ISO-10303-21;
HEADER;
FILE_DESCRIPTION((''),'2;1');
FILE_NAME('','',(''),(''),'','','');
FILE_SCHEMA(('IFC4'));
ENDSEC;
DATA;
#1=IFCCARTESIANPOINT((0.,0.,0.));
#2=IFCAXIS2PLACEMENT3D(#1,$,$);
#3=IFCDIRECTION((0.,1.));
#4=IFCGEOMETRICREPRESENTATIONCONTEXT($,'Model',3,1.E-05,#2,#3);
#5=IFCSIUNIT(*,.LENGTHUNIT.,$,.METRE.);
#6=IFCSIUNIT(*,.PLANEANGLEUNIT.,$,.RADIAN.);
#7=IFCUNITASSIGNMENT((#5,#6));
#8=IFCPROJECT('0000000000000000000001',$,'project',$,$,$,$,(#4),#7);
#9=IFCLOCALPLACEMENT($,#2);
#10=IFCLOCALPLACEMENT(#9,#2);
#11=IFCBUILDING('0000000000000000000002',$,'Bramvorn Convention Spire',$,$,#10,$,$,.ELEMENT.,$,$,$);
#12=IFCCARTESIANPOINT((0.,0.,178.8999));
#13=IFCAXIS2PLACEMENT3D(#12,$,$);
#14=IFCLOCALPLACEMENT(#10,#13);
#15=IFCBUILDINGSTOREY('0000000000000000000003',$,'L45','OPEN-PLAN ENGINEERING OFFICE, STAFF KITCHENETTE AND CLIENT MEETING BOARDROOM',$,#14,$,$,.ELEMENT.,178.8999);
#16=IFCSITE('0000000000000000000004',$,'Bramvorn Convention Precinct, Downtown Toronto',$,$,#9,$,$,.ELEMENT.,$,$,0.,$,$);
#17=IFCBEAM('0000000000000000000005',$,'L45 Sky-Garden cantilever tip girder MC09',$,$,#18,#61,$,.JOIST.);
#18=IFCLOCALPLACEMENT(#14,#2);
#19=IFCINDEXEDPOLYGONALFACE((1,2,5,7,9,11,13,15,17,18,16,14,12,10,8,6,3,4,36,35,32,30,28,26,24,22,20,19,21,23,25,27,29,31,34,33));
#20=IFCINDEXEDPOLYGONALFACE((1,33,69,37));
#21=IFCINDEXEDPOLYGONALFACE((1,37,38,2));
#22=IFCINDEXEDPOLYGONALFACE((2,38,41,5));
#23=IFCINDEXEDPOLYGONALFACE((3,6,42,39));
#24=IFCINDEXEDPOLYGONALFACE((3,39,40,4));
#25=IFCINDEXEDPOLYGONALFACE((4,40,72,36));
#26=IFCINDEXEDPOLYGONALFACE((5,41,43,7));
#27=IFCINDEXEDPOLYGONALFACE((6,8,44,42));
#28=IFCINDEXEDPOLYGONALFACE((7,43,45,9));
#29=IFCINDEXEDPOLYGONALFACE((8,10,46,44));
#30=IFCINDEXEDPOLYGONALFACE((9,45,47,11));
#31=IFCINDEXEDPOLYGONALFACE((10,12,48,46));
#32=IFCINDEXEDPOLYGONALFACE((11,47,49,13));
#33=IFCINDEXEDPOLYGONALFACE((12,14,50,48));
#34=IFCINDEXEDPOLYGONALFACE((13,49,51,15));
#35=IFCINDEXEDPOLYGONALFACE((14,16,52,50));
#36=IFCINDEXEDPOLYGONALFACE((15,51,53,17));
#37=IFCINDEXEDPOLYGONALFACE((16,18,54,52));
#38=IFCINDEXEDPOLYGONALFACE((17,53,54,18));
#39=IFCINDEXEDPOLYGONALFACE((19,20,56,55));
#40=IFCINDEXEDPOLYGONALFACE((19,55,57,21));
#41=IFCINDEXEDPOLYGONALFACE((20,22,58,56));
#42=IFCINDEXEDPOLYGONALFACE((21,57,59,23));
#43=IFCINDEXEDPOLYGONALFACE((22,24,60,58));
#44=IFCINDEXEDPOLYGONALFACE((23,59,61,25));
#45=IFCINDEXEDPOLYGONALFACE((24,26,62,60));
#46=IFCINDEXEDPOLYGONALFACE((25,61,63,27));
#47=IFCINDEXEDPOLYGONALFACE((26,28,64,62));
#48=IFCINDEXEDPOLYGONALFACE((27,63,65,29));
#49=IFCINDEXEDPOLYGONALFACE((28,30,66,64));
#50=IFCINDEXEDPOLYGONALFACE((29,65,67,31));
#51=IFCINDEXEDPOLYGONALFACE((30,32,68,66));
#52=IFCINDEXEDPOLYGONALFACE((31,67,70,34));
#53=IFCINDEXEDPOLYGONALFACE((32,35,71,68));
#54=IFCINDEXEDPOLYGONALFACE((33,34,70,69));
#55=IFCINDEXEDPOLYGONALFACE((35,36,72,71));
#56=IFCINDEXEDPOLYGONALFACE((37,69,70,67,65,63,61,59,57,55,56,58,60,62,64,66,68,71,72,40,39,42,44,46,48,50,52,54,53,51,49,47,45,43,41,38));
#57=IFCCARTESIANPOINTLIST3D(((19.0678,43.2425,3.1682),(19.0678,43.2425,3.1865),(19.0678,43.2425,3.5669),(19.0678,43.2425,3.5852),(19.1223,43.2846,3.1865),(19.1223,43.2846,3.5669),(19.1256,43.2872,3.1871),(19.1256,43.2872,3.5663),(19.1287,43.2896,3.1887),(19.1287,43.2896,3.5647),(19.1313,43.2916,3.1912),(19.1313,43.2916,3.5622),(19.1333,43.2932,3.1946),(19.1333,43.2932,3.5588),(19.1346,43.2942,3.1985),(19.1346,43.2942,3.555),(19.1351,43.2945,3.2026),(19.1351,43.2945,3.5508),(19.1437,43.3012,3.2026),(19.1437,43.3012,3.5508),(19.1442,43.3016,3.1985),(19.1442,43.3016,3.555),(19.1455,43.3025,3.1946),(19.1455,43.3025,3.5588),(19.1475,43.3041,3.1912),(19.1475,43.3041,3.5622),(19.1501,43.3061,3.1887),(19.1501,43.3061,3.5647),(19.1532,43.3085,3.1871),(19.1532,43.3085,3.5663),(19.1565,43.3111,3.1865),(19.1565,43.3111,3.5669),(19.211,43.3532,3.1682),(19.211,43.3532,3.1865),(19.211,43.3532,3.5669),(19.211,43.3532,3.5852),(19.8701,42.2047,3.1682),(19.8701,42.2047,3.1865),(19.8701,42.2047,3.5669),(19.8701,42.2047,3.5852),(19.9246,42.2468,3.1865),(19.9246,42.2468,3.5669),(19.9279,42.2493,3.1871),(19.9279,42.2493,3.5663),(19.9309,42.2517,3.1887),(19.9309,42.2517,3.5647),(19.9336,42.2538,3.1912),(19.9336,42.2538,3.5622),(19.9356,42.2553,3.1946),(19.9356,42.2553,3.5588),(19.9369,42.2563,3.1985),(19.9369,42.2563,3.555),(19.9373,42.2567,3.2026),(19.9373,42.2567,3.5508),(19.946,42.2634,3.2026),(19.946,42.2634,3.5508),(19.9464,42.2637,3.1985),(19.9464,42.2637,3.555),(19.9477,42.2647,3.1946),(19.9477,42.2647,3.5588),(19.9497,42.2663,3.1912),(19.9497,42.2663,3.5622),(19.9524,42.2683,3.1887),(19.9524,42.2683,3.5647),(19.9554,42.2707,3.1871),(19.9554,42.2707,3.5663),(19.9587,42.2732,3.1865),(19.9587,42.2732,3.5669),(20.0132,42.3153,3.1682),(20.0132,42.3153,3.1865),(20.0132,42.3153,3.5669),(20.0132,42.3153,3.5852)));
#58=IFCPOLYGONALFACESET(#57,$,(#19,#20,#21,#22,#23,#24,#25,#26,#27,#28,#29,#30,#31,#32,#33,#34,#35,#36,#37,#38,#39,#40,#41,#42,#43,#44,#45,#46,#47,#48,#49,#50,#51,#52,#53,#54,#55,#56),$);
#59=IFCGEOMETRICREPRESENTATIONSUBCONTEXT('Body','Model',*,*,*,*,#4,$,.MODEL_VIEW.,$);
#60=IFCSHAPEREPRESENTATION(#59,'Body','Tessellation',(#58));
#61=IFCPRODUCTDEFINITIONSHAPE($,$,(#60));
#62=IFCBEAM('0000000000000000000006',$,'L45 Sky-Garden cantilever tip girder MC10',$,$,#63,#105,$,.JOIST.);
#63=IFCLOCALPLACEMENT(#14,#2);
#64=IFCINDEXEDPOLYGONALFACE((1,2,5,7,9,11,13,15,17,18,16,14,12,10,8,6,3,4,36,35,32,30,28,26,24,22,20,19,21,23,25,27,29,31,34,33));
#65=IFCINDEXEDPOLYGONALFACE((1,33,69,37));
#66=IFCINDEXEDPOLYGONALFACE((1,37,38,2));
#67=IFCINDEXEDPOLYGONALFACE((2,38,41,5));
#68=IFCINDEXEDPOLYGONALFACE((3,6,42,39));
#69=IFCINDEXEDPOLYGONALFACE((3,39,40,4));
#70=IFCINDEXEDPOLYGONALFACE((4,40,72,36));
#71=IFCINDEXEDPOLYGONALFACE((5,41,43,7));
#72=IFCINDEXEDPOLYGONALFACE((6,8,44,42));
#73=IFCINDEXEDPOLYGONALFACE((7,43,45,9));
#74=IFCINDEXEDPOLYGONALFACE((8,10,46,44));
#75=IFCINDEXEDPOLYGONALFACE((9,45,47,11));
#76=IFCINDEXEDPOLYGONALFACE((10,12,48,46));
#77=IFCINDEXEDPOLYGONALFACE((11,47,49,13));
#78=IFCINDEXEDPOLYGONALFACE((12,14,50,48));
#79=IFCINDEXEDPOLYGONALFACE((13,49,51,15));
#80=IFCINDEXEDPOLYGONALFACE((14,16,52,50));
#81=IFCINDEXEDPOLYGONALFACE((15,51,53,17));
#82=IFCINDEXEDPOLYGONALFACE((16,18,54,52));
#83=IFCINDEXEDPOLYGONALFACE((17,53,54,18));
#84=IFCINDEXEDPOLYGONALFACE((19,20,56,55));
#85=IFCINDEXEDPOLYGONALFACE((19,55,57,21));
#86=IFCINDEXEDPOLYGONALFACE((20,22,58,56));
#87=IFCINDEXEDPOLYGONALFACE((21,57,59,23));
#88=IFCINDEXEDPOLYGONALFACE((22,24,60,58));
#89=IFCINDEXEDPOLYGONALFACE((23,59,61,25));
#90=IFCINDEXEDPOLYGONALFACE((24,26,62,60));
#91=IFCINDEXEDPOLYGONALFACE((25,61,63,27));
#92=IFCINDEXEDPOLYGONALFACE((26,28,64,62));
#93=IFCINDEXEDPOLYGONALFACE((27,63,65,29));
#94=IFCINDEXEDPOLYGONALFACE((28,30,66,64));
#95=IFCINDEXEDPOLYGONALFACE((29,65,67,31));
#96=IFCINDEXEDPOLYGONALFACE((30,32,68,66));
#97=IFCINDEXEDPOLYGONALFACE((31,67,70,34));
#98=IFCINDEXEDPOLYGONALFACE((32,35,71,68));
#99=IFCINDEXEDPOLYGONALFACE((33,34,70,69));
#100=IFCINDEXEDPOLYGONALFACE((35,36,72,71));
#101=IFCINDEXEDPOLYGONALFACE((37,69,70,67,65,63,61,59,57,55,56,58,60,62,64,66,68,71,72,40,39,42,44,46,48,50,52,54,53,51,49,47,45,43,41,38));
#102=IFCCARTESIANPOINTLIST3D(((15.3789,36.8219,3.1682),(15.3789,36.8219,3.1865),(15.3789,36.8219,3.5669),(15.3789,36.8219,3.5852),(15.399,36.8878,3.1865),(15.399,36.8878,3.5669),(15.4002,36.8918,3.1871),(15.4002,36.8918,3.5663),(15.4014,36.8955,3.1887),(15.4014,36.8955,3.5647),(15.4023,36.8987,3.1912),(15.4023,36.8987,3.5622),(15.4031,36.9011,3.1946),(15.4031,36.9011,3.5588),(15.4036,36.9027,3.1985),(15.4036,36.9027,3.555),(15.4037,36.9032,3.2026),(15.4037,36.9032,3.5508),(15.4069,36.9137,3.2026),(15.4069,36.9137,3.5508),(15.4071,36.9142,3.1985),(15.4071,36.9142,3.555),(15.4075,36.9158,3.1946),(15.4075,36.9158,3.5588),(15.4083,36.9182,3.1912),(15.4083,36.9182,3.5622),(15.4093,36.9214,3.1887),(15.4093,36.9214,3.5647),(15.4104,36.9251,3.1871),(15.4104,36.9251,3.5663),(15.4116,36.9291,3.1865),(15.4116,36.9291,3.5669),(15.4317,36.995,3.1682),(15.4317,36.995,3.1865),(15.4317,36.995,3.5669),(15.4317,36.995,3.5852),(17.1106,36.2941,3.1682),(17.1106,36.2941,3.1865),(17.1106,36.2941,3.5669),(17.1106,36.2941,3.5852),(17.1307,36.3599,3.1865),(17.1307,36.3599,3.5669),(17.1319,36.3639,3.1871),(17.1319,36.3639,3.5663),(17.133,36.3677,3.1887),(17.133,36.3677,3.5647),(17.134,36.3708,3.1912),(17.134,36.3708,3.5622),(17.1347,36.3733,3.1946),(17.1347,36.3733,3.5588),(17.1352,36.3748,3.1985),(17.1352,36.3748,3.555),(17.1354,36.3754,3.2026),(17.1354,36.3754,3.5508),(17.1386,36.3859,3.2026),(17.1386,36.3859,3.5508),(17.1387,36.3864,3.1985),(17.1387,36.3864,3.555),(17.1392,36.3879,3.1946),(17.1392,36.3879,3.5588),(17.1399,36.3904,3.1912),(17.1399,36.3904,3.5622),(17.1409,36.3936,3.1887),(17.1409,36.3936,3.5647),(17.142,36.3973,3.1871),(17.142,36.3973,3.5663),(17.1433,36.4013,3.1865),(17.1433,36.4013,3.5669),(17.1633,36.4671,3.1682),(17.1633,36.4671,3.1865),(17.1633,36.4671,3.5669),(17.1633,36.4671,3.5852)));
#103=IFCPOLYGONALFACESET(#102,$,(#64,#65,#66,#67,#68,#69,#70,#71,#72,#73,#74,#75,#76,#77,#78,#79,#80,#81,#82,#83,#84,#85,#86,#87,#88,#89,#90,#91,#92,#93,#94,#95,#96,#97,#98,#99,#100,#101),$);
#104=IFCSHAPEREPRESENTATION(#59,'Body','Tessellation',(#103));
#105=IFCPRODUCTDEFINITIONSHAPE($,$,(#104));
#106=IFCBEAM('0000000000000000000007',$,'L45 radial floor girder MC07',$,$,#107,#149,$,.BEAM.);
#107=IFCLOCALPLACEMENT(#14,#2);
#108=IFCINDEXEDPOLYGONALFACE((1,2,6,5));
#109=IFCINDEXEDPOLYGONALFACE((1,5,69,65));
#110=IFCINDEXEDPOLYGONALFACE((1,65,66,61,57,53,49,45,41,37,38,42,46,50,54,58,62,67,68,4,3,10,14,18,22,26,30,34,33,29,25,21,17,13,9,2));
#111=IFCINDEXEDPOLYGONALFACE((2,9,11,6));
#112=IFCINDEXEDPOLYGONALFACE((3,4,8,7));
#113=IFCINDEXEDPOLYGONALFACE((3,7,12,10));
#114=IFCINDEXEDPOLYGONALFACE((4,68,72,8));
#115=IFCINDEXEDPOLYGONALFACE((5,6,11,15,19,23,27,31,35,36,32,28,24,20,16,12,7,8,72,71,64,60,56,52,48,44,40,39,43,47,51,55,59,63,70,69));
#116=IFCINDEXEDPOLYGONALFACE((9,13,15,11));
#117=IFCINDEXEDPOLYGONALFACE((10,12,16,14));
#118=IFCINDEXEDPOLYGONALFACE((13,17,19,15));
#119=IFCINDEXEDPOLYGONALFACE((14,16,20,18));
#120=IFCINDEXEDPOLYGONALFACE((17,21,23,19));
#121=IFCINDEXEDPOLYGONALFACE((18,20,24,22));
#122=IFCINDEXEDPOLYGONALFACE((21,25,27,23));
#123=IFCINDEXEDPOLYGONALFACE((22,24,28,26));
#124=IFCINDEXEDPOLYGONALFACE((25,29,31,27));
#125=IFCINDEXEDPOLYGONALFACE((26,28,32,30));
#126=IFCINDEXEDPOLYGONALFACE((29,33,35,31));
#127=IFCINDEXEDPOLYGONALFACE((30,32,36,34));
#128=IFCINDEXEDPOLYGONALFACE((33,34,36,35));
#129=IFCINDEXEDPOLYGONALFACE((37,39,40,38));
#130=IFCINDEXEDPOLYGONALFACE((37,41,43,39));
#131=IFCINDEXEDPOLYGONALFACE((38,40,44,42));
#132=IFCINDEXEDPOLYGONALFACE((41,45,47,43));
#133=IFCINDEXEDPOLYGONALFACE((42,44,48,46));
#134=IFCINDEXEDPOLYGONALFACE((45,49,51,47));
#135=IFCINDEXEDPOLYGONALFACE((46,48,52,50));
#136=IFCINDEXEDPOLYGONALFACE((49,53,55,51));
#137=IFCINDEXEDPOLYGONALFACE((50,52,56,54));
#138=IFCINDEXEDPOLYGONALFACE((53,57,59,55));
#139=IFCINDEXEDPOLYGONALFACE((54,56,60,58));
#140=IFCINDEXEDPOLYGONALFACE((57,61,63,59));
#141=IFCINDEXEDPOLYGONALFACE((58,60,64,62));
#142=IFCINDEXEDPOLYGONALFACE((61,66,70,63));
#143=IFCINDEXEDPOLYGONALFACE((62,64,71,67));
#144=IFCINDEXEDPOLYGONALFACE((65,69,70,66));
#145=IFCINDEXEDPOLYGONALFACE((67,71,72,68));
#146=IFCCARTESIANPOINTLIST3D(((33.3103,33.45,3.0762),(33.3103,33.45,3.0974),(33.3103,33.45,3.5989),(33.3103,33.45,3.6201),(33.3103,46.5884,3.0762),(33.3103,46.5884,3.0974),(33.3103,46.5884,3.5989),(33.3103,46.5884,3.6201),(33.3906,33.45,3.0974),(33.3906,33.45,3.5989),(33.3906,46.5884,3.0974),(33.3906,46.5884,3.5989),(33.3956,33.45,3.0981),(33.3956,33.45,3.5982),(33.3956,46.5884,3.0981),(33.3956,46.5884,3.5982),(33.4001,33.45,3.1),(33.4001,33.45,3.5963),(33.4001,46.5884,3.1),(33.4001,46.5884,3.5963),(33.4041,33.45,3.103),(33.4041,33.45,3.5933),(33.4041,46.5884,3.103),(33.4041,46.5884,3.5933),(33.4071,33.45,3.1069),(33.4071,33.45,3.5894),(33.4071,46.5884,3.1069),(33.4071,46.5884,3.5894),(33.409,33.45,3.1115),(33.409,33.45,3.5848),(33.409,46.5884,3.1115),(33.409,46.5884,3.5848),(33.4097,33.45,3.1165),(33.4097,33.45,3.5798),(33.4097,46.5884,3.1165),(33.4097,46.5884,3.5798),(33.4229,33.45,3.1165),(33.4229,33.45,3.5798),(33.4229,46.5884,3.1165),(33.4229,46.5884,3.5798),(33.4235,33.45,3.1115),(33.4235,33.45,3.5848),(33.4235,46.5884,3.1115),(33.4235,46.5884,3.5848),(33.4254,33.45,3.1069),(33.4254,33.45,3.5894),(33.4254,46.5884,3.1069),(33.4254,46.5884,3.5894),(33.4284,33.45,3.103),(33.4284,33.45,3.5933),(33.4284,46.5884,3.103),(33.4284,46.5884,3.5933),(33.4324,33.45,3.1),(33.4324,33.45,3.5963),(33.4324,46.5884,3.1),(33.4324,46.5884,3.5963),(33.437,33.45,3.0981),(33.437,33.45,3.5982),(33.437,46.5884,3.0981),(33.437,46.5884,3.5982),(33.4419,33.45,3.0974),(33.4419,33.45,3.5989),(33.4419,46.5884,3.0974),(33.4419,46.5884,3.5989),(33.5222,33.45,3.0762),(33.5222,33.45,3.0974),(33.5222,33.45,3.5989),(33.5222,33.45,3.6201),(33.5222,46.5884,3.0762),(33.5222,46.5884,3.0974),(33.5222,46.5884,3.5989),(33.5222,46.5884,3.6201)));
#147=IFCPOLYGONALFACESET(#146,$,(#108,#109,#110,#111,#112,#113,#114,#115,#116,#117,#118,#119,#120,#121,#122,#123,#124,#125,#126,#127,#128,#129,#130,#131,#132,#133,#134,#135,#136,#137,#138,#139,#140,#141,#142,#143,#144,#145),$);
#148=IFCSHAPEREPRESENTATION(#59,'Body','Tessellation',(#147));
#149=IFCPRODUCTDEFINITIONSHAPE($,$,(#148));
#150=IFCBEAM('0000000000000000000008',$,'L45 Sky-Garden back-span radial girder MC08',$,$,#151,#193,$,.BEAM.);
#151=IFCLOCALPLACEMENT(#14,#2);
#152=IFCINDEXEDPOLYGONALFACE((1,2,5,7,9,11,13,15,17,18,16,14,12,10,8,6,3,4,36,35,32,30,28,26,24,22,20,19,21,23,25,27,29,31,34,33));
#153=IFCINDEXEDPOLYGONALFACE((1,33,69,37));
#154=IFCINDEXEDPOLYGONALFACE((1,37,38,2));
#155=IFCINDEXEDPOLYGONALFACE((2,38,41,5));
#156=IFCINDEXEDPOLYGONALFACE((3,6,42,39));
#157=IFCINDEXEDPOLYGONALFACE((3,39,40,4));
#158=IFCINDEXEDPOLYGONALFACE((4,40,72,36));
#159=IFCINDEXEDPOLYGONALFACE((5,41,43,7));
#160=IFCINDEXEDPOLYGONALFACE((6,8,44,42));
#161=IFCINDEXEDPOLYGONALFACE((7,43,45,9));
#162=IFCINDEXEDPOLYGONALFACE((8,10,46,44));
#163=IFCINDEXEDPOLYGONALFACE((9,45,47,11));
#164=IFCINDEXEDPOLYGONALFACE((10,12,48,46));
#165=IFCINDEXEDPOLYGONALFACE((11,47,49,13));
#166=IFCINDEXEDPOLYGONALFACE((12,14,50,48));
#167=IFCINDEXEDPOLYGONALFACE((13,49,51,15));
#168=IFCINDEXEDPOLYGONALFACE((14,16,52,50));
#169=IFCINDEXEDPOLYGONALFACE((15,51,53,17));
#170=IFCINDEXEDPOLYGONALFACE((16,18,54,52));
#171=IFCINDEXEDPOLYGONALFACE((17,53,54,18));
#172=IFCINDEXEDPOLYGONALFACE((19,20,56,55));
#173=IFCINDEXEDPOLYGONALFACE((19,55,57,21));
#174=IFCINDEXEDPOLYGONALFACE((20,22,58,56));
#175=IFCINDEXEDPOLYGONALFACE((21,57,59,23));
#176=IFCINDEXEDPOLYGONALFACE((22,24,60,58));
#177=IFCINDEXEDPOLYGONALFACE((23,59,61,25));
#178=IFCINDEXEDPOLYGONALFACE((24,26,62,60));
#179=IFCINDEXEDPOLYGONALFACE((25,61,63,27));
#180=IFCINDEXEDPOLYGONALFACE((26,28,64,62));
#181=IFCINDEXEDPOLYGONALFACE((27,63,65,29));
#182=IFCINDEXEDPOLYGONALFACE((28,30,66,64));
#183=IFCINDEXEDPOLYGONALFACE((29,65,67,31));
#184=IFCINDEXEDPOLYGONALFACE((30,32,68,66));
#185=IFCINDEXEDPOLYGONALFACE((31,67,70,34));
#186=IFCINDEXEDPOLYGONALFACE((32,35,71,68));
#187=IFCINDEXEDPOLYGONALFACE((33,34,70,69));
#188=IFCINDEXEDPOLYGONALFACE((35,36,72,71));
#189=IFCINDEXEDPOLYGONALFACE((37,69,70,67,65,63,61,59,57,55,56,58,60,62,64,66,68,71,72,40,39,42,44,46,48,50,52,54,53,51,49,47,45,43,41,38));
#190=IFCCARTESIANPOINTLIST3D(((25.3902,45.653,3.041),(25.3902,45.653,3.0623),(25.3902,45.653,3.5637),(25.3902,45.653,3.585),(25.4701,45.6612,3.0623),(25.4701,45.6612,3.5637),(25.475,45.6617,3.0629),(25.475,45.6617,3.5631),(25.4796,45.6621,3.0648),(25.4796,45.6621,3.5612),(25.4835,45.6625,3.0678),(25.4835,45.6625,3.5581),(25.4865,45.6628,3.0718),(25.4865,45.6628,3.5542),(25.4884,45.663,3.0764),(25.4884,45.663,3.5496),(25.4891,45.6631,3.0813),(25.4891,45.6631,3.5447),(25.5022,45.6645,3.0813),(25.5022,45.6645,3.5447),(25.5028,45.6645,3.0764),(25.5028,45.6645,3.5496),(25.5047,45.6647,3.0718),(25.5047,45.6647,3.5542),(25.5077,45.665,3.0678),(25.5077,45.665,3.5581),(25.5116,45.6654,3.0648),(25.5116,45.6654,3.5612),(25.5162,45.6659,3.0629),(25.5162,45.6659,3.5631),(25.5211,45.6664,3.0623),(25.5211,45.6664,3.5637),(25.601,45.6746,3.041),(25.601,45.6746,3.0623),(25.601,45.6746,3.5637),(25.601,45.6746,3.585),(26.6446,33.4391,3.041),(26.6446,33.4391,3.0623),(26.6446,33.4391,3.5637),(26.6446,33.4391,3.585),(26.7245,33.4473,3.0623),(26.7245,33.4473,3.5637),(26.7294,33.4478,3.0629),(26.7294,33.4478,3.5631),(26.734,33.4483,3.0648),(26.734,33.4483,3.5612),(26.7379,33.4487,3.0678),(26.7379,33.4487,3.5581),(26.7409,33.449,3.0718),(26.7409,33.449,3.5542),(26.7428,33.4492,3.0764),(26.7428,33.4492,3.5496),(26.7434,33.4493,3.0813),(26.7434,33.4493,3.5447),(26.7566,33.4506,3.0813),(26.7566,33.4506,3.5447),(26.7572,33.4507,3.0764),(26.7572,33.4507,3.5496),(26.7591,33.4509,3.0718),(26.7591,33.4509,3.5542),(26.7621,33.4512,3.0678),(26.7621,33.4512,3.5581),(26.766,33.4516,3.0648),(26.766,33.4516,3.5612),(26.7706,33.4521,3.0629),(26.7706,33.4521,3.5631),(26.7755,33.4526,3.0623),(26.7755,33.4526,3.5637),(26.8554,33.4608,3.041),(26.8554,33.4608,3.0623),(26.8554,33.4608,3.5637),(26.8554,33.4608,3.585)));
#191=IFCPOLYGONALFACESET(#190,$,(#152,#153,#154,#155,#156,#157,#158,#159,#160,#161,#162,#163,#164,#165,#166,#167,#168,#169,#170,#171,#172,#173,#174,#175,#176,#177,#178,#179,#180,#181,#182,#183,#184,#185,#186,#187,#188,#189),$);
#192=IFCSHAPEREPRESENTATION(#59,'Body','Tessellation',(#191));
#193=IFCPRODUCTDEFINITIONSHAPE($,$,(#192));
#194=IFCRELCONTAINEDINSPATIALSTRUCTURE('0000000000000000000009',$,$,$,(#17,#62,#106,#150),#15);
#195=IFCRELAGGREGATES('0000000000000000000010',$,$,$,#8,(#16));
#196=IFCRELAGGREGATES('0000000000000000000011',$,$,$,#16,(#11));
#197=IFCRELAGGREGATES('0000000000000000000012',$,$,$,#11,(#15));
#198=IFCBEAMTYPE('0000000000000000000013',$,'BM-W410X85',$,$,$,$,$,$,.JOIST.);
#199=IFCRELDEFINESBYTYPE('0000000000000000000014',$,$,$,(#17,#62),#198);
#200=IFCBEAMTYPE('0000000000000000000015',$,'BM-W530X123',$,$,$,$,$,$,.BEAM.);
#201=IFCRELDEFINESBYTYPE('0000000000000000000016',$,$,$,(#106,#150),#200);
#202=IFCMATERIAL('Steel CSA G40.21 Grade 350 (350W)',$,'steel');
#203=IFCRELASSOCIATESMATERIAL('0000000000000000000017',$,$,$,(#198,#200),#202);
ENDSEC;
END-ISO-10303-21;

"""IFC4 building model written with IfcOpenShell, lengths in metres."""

from ifc_helpers import new_model, si_unit, direction, frame, origin, origin_2d, place, context, subcontext, project, spatial, i_section, extrude, material, material_profile, profile_set, type_object, element, save


model = new_model("IFC4")

# Units and contexts
model_context = context("Model", 3, precision=1e-05, world=origin(), true_north=direction((0.0, 1.0)))
body_context = subcontext(model_context, "Body", "Model", "MODEL_VIEW")
ifc_project = project(units=[si_unit("LENGTHUNIT", "METRE"), si_unit("PLANEANGLEUNIT", "RADIAN")], contexts=[model_context])

# Site, building, storey
site_placement = place(None, origin())
site = spatial("IfcSite", under=ifc_project, at=site_placement, Name="Bramvorn Convention Precinct, Downtown Toronto", CompositionType="ELEMENT", RefElevation=0.0)
building_placement = place(site_placement, origin())
building = spatial("IfcBuilding", under=site, at=building_placement, Name="Bramvorn Convention Spire", CompositionType="ELEMENT")
storey_placement = place(building_placement, frame((0.0, 0.0, 178.8999)))
storey = spatial("IfcBuildingStorey", under=building, at=storey_placement, Name="L45", Description="OPEN-PLAN ENGINEERING OFFICE, STAFF KITCHENETTE AND CLIENT MEETING BOARDROOM", CompositionType="ELEMENT", Elevation=178.8999)

# Shared definitions
ifc_material_1 = material(Name="Steel CSA G40.21 Grade 350 (350W)", Category="steel")

# Beams
ifc_material_profile_1 = material_profile(ifc_material_1, i_section(OverallWidth=0.1809, OverallDepth=0.417, WebThickness=0.011, FlangeThickness=0.0183, FilletRadius=0.0161, at=origin_2d()))
ifc_profile_set_1 = profile_set([ifc_material_profile_1], Name="Steel CSA G40.21 Grade 350 (350W) - W410X85")
beam_type_1 = type_object("IfcBeamType", Name="BM-W410X85", PredefinedType="JOIST", material=ifc_profile_set_1)
beam_1_placement = place(storey_placement, frame((19.9417, 42.26, 3.3767), z_axis=(-0.61158, 0.791183, 0.0), x_axis=(-0.791183, -0.61158, 0.0)))
element("IfcBeam", 1, at=beam_1_placement, inside=storey, type_object=beam_type_1, Name="L45 Sky-Garden cantilever tip girder MC09", PredefinedType="JOIST", context=body_context, shape_type="SweptSolid", body=[
    extrude(i_section(OverallWidth=0.1809, OverallDepth=0.417, WebThickness=0.011, FlangeThickness=0.0183, FilletRadius=0.0161, at=origin_2d()), origin(), (0.0, 0.0, 1.0), 1.3118),
])
beam_2_placement = place(storey_placement, frame((17.137, 36.3806, 3.3767), z_axis=(-0.956551, 0.291564, 0.0), x_axis=(-0.291564, -0.956551, 0.0)))
element("IfcBeam", 2, at=beam_2_placement, inside=storey, type_object=beam_type_1, Name="L45 Sky-Garden cantilever tip girder MC10", PredefinedType="JOIST", context=body_context, shape_type="SweptSolid", body=[
    extrude(i_section(OverallWidth=0.1809, OverallDepth=0.417, WebThickness=0.011, FlangeThickness=0.0183, FilletRadius=0.0161, at=origin_2d()), origin(), (0.0, 0.0, 1.0), 1.8103),
])
ifc_material_profile_2 = material_profile(ifc_material_1, i_section(OverallWidth=0.2119, OverallDepth=0.5439, WebThickness=0.0132, FlangeThickness=0.0212, FilletRadius=0.019, at=origin_2d()))
ifc_profile_set_2 = profile_set([ifc_material_profile_2], Name="Steel CSA G40.21 Grade 350 (350W) - W530X123")
beam_type_2 = type_object("IfcBeamType", Name="BM-W530X123", PredefinedType="BEAM", material=ifc_profile_set_2)
beam_3_placement = place(storey_placement, frame((33.4163, 33.45, 3.3481), z_axis=(0.0, 1.0, 0.0), x_axis=(-1.0, 0.0, 0.0)))
element("IfcBeam", 3, at=beam_3_placement, inside=storey, type_object=beam_type_2, Name="L45 radial floor girder MC07", PredefinedType="BEAM", context=body_context, shape_type="SweptSolid", body=[
    extrude(i_section(OverallWidth=0.2119, OverallDepth=0.5439, WebThickness=0.0132, FlangeThickness=0.0212, FilletRadius=0.019, at=origin_2d()), origin(), (0.0, 0.0, 1.0), 13.1384),
])
beam_4_placement = place(storey_placement, frame((26.75, 33.45, 3.313), z_axis=(-0.102165, 0.994767, 0.0), x_axis=(-0.994767, -0.102165, 0.0)))
element("IfcBeam", 4, at=beam_4_placement, inside=storey, type_object=beam_type_2, Name="L45 Sky-Garden back-span radial girder MC08", PredefinedType="BEAM", context=body_context, shape_type="SweptSolid", body=[
    extrude(i_section(OverallWidth=0.2119, OverallDepth=0.5439, WebThickness=0.0132, FlangeThickness=0.0212, FilletRadius=0.019, at=origin_2d()), origin(), (0.0, 0.0, 1.0), 12.2781),
])

save(model, "model.ifc")
